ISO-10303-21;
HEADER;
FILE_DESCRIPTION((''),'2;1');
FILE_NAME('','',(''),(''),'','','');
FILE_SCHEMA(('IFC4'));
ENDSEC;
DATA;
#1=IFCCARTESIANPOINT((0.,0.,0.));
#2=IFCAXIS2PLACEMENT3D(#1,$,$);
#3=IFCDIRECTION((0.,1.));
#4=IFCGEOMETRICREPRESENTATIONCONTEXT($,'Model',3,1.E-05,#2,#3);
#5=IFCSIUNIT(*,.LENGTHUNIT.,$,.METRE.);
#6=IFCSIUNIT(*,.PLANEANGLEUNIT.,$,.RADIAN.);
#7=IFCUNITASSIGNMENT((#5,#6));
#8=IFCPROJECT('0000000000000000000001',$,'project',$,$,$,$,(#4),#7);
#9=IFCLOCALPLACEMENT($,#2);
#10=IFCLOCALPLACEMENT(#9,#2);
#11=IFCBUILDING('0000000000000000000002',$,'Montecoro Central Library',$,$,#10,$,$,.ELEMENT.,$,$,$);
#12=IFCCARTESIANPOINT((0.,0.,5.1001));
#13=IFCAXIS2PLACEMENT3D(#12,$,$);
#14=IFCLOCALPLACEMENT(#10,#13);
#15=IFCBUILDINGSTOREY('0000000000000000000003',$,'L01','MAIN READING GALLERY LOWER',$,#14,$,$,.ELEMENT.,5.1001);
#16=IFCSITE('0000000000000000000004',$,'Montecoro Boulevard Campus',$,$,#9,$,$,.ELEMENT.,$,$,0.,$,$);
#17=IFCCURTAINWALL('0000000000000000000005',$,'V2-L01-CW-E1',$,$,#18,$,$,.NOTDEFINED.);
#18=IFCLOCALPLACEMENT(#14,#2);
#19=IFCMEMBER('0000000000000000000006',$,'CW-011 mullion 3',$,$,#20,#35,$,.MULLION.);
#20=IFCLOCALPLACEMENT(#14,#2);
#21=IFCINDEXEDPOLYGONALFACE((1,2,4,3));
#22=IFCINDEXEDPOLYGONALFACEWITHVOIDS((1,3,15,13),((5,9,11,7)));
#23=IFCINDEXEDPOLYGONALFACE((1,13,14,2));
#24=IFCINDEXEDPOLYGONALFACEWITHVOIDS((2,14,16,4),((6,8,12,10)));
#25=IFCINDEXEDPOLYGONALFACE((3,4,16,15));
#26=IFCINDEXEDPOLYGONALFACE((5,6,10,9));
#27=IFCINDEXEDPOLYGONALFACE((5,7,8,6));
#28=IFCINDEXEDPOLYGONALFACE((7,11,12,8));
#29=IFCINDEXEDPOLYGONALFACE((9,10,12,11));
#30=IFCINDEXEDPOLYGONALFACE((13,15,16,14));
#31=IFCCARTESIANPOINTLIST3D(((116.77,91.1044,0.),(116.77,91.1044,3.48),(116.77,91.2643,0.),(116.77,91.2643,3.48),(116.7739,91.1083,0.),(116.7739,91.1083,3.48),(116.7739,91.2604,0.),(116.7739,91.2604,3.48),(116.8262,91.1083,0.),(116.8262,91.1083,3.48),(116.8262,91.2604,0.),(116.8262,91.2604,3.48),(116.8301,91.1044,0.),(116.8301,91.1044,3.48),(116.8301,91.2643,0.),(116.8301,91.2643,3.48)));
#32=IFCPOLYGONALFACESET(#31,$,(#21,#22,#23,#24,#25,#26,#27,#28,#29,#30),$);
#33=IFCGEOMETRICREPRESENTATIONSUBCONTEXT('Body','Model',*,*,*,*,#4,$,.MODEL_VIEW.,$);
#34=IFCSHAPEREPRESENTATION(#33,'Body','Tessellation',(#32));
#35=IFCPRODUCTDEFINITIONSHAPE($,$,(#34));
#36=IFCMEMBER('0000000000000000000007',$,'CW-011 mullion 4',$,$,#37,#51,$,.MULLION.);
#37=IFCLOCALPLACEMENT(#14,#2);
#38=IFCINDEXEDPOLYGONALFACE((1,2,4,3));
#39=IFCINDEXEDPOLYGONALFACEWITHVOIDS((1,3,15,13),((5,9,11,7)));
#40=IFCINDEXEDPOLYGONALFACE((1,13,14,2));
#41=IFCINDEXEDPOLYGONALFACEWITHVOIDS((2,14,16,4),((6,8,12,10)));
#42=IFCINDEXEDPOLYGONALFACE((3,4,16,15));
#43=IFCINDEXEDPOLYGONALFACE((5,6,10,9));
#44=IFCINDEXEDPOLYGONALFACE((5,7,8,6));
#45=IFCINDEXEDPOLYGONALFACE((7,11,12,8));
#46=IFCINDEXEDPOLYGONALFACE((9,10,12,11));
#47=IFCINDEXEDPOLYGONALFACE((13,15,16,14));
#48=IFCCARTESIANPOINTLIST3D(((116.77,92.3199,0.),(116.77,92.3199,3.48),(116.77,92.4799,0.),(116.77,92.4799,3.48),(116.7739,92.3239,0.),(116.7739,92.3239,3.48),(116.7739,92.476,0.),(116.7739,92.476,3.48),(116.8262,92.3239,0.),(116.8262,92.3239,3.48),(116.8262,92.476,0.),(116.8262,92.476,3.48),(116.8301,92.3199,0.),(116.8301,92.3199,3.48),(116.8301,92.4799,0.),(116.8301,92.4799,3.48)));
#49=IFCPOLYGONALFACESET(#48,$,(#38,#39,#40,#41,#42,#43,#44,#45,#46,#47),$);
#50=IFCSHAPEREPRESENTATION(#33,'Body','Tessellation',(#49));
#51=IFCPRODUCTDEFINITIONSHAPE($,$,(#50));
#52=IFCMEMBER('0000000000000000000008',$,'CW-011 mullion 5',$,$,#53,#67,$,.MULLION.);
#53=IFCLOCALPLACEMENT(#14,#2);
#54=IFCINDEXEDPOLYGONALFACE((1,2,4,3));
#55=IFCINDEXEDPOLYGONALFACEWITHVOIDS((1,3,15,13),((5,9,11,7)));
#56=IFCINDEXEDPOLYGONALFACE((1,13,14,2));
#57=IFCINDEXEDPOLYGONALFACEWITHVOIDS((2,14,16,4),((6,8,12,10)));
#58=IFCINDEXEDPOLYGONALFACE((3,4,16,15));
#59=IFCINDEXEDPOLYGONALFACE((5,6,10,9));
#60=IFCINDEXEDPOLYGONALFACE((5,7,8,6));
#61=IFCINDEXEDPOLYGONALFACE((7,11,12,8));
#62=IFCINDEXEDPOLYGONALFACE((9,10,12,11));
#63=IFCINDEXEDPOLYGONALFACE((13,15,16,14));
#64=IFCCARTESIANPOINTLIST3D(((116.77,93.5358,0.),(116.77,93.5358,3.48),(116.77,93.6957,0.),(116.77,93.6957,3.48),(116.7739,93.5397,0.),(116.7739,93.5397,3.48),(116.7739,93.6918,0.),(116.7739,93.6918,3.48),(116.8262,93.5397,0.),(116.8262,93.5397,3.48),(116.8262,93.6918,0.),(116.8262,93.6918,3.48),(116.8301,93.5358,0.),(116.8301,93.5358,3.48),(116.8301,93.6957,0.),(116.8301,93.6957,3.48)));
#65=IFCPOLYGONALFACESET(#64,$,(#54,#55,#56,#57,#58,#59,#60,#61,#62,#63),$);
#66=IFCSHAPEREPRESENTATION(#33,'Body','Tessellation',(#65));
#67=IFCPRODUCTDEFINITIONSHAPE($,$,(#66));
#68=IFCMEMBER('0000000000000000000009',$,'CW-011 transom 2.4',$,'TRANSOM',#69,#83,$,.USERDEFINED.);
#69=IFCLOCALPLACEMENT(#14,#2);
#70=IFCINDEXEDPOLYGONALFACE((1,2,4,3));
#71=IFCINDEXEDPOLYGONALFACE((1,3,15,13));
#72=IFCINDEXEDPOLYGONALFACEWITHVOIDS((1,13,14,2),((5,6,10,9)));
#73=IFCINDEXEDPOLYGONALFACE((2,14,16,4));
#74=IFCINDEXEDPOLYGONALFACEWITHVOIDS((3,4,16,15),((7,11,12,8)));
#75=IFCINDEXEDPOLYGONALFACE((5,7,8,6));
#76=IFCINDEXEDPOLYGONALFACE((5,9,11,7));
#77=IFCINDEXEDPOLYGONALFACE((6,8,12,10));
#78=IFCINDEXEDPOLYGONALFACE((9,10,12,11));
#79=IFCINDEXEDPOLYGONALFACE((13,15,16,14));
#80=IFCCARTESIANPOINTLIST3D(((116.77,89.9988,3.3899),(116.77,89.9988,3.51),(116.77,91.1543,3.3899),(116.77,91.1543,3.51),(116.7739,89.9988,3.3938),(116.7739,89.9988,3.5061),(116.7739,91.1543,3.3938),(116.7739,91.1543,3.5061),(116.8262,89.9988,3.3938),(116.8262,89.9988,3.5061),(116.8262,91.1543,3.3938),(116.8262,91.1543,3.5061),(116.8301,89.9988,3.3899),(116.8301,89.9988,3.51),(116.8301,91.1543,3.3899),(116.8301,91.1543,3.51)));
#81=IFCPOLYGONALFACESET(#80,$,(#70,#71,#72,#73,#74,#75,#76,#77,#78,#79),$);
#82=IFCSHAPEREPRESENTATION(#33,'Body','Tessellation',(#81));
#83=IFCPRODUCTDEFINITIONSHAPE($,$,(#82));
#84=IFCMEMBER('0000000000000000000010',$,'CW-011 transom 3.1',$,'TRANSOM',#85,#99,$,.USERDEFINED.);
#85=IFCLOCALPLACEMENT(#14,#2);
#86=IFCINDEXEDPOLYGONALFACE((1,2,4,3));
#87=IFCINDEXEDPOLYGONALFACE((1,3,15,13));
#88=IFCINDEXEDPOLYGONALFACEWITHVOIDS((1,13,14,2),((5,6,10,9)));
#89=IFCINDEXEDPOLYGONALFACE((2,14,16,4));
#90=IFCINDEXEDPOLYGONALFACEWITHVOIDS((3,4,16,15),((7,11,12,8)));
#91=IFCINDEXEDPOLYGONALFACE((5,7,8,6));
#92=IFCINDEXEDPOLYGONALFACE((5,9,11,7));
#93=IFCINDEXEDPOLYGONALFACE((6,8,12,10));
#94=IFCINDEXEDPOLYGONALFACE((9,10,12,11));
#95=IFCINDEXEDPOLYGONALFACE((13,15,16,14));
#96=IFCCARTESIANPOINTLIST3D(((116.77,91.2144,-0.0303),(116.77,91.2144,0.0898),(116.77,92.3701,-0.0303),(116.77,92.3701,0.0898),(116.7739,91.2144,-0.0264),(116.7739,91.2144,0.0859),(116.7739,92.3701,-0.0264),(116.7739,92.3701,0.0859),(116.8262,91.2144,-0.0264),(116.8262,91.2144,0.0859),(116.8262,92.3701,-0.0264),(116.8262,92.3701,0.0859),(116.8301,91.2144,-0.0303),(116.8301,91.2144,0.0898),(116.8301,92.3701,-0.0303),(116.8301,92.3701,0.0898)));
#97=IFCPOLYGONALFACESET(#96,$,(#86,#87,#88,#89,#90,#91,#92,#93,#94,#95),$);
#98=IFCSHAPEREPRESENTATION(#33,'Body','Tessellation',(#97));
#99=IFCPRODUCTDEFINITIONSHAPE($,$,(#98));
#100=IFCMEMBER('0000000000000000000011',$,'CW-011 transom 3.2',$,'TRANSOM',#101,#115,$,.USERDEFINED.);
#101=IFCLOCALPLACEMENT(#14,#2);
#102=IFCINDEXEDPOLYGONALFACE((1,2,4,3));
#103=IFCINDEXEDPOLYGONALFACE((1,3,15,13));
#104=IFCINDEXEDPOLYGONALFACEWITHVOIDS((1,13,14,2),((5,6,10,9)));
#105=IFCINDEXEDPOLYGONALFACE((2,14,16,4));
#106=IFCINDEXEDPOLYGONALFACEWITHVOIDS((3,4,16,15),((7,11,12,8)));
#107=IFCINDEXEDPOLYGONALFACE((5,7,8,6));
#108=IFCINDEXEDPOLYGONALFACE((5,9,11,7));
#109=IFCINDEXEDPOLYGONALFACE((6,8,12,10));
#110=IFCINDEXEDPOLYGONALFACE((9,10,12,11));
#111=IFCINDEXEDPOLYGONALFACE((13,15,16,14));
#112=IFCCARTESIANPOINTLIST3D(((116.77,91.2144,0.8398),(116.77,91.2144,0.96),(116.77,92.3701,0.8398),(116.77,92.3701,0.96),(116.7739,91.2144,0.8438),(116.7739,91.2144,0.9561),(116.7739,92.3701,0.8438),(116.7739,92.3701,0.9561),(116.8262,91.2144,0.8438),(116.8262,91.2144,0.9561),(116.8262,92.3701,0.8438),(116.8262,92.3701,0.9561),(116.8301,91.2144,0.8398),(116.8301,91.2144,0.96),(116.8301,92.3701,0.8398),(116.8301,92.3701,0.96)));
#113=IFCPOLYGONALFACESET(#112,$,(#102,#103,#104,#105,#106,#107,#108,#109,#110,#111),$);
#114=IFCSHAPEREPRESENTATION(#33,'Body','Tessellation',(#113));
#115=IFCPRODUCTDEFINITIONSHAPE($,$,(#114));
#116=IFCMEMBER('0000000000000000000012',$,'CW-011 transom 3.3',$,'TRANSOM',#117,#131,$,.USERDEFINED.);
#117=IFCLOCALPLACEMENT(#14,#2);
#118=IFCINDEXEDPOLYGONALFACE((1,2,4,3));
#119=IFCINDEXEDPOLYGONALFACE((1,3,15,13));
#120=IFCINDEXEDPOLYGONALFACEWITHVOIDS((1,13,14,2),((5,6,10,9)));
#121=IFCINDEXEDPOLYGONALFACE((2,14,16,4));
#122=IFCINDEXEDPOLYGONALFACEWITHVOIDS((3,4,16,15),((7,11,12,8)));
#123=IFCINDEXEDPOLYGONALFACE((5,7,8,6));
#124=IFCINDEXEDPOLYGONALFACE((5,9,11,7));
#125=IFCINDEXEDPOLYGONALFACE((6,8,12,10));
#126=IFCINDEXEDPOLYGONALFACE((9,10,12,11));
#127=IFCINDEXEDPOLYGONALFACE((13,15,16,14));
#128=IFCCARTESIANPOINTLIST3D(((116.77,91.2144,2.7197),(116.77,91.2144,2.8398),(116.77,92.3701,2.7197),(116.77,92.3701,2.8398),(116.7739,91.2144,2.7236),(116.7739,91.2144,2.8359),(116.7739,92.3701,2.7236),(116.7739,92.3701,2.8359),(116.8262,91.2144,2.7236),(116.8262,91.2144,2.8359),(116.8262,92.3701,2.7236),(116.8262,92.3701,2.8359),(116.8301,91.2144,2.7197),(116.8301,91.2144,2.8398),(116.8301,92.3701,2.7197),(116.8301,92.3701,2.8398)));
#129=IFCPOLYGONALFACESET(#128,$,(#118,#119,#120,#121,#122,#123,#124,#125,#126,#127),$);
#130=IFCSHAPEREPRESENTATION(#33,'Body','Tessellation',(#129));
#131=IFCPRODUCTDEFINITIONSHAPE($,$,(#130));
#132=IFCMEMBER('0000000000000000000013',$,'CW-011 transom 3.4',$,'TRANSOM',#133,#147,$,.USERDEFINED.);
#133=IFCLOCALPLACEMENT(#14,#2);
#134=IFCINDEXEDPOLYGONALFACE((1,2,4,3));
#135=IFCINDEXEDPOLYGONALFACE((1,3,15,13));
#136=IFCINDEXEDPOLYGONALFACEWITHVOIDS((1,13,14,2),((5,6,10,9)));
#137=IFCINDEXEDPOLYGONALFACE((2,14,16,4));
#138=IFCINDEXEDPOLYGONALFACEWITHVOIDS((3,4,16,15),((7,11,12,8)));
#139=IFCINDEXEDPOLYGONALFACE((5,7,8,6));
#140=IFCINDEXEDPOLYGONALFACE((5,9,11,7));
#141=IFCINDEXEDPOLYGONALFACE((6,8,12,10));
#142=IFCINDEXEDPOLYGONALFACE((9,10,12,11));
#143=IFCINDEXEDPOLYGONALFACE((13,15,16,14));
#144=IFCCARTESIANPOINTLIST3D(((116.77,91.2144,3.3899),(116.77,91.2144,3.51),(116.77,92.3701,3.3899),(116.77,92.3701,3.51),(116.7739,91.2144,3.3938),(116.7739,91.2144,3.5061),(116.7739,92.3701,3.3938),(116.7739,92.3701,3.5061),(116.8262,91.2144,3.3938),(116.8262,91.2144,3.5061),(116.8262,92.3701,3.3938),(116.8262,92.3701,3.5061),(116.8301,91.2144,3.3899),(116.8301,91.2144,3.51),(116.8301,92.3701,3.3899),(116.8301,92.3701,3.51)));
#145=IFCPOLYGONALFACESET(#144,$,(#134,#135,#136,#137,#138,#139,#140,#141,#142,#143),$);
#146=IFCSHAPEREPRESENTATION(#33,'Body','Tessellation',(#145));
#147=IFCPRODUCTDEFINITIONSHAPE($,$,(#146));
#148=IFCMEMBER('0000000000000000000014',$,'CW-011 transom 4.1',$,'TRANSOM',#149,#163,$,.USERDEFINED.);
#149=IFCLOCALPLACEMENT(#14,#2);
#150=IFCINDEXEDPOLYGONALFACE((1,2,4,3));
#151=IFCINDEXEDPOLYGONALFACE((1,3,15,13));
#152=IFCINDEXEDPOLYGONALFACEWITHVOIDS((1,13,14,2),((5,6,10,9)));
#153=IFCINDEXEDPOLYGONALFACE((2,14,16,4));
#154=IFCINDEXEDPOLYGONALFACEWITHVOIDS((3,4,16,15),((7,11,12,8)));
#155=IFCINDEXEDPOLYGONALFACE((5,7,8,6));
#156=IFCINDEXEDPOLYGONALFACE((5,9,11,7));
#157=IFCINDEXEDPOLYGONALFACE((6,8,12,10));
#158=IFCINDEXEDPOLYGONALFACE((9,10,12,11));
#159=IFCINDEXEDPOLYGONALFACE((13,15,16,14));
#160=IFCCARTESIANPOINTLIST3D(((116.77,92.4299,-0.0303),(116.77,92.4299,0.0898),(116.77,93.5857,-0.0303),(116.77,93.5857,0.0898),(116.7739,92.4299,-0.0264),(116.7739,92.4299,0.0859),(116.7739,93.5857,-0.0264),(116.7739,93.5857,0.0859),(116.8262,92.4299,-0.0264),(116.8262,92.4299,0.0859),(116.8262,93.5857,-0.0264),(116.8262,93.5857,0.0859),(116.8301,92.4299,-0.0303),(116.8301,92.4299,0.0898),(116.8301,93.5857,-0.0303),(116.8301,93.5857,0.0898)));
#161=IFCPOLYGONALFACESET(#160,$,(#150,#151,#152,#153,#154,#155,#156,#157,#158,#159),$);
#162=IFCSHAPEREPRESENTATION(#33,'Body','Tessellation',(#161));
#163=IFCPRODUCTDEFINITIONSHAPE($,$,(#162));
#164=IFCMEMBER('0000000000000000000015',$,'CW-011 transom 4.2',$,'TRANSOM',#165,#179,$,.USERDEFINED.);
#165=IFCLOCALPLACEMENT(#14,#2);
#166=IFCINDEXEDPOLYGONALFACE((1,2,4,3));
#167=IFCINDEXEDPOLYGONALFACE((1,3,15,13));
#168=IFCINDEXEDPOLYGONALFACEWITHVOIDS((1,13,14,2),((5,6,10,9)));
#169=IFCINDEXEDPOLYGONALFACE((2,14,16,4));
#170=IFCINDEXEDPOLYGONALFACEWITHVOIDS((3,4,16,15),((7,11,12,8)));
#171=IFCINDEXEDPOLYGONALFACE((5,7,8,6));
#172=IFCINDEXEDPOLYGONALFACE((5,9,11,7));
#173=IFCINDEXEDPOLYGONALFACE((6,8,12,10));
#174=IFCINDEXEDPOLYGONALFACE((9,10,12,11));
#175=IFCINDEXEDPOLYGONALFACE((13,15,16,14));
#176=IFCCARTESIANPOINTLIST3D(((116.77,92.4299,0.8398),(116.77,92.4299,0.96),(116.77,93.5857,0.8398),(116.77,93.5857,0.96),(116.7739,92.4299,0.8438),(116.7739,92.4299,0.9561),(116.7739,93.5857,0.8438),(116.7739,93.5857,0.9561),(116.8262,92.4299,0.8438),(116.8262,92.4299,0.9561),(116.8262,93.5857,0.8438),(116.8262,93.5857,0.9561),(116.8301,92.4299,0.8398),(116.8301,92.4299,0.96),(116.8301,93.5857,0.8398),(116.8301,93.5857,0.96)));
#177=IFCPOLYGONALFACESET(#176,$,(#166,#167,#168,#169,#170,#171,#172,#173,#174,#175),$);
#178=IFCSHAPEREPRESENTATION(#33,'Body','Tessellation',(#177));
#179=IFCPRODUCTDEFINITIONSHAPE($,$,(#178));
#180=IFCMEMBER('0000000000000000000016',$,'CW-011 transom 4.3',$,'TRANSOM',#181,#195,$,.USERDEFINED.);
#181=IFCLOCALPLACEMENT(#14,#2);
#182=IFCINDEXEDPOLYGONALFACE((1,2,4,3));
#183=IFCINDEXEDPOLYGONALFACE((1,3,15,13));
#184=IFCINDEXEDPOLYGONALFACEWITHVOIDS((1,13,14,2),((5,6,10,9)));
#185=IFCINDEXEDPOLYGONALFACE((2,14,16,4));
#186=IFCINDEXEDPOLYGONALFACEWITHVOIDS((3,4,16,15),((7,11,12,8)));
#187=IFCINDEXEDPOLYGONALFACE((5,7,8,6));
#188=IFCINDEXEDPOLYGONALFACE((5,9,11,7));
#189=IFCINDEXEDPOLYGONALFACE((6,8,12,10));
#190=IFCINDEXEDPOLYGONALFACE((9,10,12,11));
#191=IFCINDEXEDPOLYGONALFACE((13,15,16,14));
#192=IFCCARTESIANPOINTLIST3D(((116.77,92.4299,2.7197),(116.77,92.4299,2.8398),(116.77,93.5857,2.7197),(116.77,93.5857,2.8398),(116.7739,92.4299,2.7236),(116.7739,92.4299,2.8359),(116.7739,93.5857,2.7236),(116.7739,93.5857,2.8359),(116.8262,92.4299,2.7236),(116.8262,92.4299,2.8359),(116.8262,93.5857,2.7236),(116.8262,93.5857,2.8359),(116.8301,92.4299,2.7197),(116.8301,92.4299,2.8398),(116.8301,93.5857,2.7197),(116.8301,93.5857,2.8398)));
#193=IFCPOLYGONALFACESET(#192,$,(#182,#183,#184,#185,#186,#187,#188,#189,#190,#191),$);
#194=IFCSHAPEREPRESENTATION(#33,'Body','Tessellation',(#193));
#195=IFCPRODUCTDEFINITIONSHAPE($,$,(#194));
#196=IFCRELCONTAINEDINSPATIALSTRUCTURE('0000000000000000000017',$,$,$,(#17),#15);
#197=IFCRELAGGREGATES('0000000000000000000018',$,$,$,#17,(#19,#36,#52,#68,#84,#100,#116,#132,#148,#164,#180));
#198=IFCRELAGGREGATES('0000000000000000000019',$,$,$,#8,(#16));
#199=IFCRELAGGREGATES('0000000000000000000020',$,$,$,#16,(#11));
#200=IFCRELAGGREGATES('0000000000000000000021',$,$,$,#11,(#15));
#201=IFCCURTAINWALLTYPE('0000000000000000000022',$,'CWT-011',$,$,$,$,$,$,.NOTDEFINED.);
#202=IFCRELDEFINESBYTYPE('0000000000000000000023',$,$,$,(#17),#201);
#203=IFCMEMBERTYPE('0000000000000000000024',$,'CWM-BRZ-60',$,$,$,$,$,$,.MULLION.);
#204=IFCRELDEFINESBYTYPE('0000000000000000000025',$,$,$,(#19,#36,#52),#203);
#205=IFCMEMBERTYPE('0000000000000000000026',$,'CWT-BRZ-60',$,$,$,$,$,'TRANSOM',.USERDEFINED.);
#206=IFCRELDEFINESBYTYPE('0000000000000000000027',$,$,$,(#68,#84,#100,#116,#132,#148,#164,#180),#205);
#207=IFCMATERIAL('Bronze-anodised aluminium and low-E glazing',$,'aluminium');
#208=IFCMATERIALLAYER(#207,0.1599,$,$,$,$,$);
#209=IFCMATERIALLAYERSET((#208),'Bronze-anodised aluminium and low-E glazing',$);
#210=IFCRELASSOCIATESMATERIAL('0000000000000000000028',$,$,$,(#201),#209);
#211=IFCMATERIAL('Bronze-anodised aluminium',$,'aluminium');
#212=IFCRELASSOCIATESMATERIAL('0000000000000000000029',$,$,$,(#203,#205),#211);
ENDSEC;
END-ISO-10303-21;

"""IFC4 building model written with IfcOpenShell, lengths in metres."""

from ifc_helpers import new_model, si_unit, direction, frame, origin, origin_2d, place, context, subcontext, project, spatial, hollow_rectangle, extrude, material, layer, layer_set, material_profile, profile_set, type_object, element, aggregate, save


model = new_model("IFC4")

# Units and contexts
model_context = context("Model", 3, precision=1e-05, world=origin(), true_north=direction((0.0, 1.0)))
body_context = subcontext(model_context, "Body", "Model", "MODEL_VIEW")
ifc_project = project(units=[si_unit("LENGTHUNIT", "METRE"), si_unit("PLANEANGLEUNIT", "RADIAN")], contexts=[model_context])

# Site, building, storey
site_placement = place(None, origin())
site = spatial("IfcSite", under=ifc_project, at=site_placement, Name="Montecoro Boulevard Campus", CompositionType="ELEMENT", RefElevation=0.0)
building_placement = place(site_placement, origin())
building = spatial("IfcBuilding", under=site, at=building_placement, Name="Montecoro Central Library", CompositionType="ELEMENT")
storey_placement = place(building_placement, frame((0.0, 0.0, 5.1001)))
storey = spatial("IfcBuildingStorey", under=building, at=storey_placement, Name="L01", Description="MAIN READING GALLERY LOWER", CompositionType="ELEMENT", Elevation=5.1001)

# Curtain wall, members
ifc_material_1 = material(Name="Bronze-anodised aluminium and low-E glazing", Category="aluminium")
ifc_layer_1 = layer(ifc_material_1, 0.1599)
ifc_layer_set_1 = layer_set([ifc_layer_1], Name="Bronze-anodised aluminium and low-E glazing")
curtain_wall_type = type_object("IfcCurtainWallType", Name="CWT-011", PredefinedType="NOTDEFINED", material=ifc_layer_set_1)
curtain_wall_placement = place(storey_placement, origin())
curtain_wall = element("IfcCurtainWall", 1, at=curtain_wall_placement, inside=storey, type_object=curtain_wall_type, Name="V2-L01-CW-E1", PredefinedType="NOTDEFINED")
ifc_material_2 = material(Name="Bronze-anodised aluminium", Category="aluminium")
ifc_material_profile_1 = material_profile(ifc_material_2, hollow_rectangle(XDim=0.0601, YDim=0.1599, WallThickness=0.0039, at=origin_2d()), Name="CWM 160x60x4.0")
ifc_profile_set_1 = profile_set([ifc_material_profile_1], Name="Bronze-anodised aluminium")
member_type_1 = type_object("IfcMemberType", Name="CWM-BRZ-60", PredefinedType="MULLION", material=ifc_profile_set_1)
member_1_placement = place(storey_placement, frame((116.8, 91.1843, 0.0), z_axis=(0.0, 0.0, 1.0), x_axis=(-1.0, 0.0, 0.0)))
member_1 = element("IfcMember", 2, at=member_1_placement, type_object=member_type_1, Name="CW-011 mullion 3", PredefinedType="MULLION", context=body_context, shape_type="SweptSolid", body=[
    extrude(hollow_rectangle(XDim=0.0601, YDim=0.1599, WallThickness=0.0039, at=origin_2d()), origin(), (0.0, 0.0, 1.0), 3.48),
])
member_2_placement = place(storey_placement, frame((116.8, 92.3999, 0.0), z_axis=(0.0, 0.0, 1.0), x_axis=(-1.0, 0.0, 0.0)))
member_2 = element("IfcMember", 3, at=member_2_placement, type_object=member_type_1, Name="CW-011 mullion 4", PredefinedType="MULLION", context=body_context, shape_type="SweptSolid", body=[
    extrude(hollow_rectangle(XDim=0.0601, YDim=0.1599, WallThickness=0.0039, at=origin_2d()), origin(), (0.0, 0.0, 1.0), 3.48),
])
member_3_placement = place(storey_placement, frame((116.8, 93.6157, 0.0), z_axis=(0.0, 0.0, 1.0), x_axis=(-1.0, 0.0, 0.0)))
member_3 = element("IfcMember", 4, at=member_3_placement, type_object=member_type_1, Name="CW-011 mullion 5", PredefinedType="MULLION", context=body_context, shape_type="SweptSolid", body=[
    extrude(hollow_rectangle(XDim=0.0601, YDim=0.1599, WallThickness=0.0039, at=origin_2d()), origin(), (0.0, 0.0, 1.0), 3.48),
])
ifc_material_profile_2 = material_profile(ifc_material_2, hollow_rectangle(XDim=0.0601, YDim=0.1201, WallThickness=0.0039, at=origin_2d()), Name="CWT 120x60x4.0")
ifc_profile_set_2 = profile_set([ifc_material_profile_2], Name="Bronze-anodised aluminium")
member_type_2 = type_object("IfcMemberType", Name="CWT-BRZ-60", ElementType="TRANSOM", PredefinedType="USERDEFINED", material=ifc_profile_set_2)
member_4_placement = place(storey_placement, frame((116.8, 89.9988, 3.45), z_axis=(0.0, 1.0, 0.0), x_axis=(-1.0, 0.0, 0.0)))
member_4 = element("IfcMember", 5, at=member_4_placement, type_object=member_type_2, Name="CW-011 transom 2.4", ObjectType="TRANSOM", PredefinedType="USERDEFINED", context=body_context, shape_type="SweptSolid", body=[
    extrude(hollow_rectangle(XDim=0.0601, YDim=0.1201, WallThickness=0.0039, at=origin_2d()), origin(), (0.0, 0.0, 1.0), 1.1555),
])
member_5_placement = place(storey_placement, frame((116.8, 91.2144, 0.0298), z_axis=(0.0, 1.0, 0.0), x_axis=(-1.0, 0.0, 0.0)))
member_5 = element("IfcMember", 6, at=member_5_placement, type_object=member_type_2, Name="CW-011 transom 3.1", ObjectType="TRANSOM", PredefinedType="USERDEFINED", context=body_context, shape_type="SweptSolid", body=[
    extrude(hollow_rectangle(XDim=0.0601, YDim=0.1201, WallThickness=0.0039, at=origin_2d()), origin(), (0.0, 0.0, 1.0), 1.1558),
])
member_6_placement = place(storey_placement, frame((116.8, 91.2144, 0.8999), z_axis=(0.0, 1.0, 0.0), x_axis=(-1.0, 0.0, 0.0)))
member_6 = element("IfcMember", 7, at=member_6_placement, type_object=member_type_2, Name="CW-011 transom 3.2", ObjectType="TRANSOM", PredefinedType="USERDEFINED", context=body_context, shape_type="SweptSolid", body=[
    extrude(hollow_rectangle(XDim=0.0601, YDim=0.1201, WallThickness=0.0039, at=origin_2d()), origin(), (0.0, 0.0, 1.0), 1.1558),
])
member_7_placement = place(storey_placement, frame((116.8, 91.2144, 2.7798), z_axis=(0.0, 1.0, 0.0), x_axis=(-1.0, 0.0, 0.0)))
member_7 = element("IfcMember", 8, at=member_7_placement, type_object=member_type_2, Name="CW-011 transom 3.3", ObjectType="TRANSOM", PredefinedType="USERDEFINED", context=body_context, shape_type="SweptSolid", body=[
    extrude(hollow_rectangle(XDim=0.0601, YDim=0.1201, WallThickness=0.0039, at=origin_2d()), origin(), (0.0, 0.0, 1.0), 1.1558),
])
member_8_placement = place(storey_placement, frame((116.8, 91.2144, 3.45), z_axis=(0.0, 1.0, 0.0), x_axis=(-1.0, 0.0, 0.0)))
member_8 = element("IfcMember", 9, at=member_8_placement, type_object=member_type_2, Name="CW-011 transom 3.4", ObjectType="TRANSOM", PredefinedType="USERDEFINED", context=body_context, shape_type="SweptSolid", body=[
    extrude(hollow_rectangle(XDim=0.0601, YDim=0.1201, WallThickness=0.0039, at=origin_2d()), origin(), (0.0, 0.0, 1.0), 1.1558),
])
member_9_placement = place(storey_placement, frame((116.8, 92.4299, 0.0298), z_axis=(0.0, 1.0, 0.0), x_axis=(-1.0, 0.0, 0.0)))
member_9 = element("IfcMember", 10, at=member_9_placement, type_object=member_type_2, Name="CW-011 transom 4.1", ObjectType="TRANSOM", PredefinedType="USERDEFINED", context=body_context, shape_type="SweptSolid", body=[
    extrude(hollow_rectangle(XDim=0.0601, YDim=0.1201, WallThickness=0.0039, at=origin_2d()), origin(), (0.0, 0.0, 1.0), 1.1558),
])
member_10_placement = place(storey_placement, frame((116.8, 92.4299, 0.8999), z_axis=(0.0, 1.0, 0.0), x_axis=(-1.0, 0.0, 0.0)))
member_10 = element("IfcMember", 11, at=member_10_placement, type_object=member_type_2, Name="CW-011 transom 4.2", ObjectType="TRANSOM", PredefinedType="USERDEFINED", context=body_context, shape_type="SweptSolid", body=[
    extrude(hollow_rectangle(XDim=0.0601, YDim=0.1201, WallThickness=0.0039, at=origin_2d()), origin(), (0.0, 0.0, 1.0), 1.1558),
])
member_11_placement = place(storey_placement, frame((116.8, 92.4299, 2.7798), z_axis=(0.0, 1.0, 0.0), x_axis=(-1.0, 0.0, 0.0)))
member_11 = element("IfcMember", 12, at=member_11_placement, type_object=member_type_2, Name="CW-011 transom 4.3", ObjectType="TRANSOM", PredefinedType="USERDEFINED", context=body_context, shape_type="SweptSolid", body=[
    extrude(hollow_rectangle(XDim=0.0601, YDim=0.1201, WallThickness=0.0039, at=origin_2d()), origin(), (0.0, 0.0, 1.0), 1.1558),
])
aggregate(curtain_wall, [member_1, member_2, member_3, member_4, member_5, member_6, member_7, member_8, member_9, member_10, member_11])

save(model, "model.ifc")
